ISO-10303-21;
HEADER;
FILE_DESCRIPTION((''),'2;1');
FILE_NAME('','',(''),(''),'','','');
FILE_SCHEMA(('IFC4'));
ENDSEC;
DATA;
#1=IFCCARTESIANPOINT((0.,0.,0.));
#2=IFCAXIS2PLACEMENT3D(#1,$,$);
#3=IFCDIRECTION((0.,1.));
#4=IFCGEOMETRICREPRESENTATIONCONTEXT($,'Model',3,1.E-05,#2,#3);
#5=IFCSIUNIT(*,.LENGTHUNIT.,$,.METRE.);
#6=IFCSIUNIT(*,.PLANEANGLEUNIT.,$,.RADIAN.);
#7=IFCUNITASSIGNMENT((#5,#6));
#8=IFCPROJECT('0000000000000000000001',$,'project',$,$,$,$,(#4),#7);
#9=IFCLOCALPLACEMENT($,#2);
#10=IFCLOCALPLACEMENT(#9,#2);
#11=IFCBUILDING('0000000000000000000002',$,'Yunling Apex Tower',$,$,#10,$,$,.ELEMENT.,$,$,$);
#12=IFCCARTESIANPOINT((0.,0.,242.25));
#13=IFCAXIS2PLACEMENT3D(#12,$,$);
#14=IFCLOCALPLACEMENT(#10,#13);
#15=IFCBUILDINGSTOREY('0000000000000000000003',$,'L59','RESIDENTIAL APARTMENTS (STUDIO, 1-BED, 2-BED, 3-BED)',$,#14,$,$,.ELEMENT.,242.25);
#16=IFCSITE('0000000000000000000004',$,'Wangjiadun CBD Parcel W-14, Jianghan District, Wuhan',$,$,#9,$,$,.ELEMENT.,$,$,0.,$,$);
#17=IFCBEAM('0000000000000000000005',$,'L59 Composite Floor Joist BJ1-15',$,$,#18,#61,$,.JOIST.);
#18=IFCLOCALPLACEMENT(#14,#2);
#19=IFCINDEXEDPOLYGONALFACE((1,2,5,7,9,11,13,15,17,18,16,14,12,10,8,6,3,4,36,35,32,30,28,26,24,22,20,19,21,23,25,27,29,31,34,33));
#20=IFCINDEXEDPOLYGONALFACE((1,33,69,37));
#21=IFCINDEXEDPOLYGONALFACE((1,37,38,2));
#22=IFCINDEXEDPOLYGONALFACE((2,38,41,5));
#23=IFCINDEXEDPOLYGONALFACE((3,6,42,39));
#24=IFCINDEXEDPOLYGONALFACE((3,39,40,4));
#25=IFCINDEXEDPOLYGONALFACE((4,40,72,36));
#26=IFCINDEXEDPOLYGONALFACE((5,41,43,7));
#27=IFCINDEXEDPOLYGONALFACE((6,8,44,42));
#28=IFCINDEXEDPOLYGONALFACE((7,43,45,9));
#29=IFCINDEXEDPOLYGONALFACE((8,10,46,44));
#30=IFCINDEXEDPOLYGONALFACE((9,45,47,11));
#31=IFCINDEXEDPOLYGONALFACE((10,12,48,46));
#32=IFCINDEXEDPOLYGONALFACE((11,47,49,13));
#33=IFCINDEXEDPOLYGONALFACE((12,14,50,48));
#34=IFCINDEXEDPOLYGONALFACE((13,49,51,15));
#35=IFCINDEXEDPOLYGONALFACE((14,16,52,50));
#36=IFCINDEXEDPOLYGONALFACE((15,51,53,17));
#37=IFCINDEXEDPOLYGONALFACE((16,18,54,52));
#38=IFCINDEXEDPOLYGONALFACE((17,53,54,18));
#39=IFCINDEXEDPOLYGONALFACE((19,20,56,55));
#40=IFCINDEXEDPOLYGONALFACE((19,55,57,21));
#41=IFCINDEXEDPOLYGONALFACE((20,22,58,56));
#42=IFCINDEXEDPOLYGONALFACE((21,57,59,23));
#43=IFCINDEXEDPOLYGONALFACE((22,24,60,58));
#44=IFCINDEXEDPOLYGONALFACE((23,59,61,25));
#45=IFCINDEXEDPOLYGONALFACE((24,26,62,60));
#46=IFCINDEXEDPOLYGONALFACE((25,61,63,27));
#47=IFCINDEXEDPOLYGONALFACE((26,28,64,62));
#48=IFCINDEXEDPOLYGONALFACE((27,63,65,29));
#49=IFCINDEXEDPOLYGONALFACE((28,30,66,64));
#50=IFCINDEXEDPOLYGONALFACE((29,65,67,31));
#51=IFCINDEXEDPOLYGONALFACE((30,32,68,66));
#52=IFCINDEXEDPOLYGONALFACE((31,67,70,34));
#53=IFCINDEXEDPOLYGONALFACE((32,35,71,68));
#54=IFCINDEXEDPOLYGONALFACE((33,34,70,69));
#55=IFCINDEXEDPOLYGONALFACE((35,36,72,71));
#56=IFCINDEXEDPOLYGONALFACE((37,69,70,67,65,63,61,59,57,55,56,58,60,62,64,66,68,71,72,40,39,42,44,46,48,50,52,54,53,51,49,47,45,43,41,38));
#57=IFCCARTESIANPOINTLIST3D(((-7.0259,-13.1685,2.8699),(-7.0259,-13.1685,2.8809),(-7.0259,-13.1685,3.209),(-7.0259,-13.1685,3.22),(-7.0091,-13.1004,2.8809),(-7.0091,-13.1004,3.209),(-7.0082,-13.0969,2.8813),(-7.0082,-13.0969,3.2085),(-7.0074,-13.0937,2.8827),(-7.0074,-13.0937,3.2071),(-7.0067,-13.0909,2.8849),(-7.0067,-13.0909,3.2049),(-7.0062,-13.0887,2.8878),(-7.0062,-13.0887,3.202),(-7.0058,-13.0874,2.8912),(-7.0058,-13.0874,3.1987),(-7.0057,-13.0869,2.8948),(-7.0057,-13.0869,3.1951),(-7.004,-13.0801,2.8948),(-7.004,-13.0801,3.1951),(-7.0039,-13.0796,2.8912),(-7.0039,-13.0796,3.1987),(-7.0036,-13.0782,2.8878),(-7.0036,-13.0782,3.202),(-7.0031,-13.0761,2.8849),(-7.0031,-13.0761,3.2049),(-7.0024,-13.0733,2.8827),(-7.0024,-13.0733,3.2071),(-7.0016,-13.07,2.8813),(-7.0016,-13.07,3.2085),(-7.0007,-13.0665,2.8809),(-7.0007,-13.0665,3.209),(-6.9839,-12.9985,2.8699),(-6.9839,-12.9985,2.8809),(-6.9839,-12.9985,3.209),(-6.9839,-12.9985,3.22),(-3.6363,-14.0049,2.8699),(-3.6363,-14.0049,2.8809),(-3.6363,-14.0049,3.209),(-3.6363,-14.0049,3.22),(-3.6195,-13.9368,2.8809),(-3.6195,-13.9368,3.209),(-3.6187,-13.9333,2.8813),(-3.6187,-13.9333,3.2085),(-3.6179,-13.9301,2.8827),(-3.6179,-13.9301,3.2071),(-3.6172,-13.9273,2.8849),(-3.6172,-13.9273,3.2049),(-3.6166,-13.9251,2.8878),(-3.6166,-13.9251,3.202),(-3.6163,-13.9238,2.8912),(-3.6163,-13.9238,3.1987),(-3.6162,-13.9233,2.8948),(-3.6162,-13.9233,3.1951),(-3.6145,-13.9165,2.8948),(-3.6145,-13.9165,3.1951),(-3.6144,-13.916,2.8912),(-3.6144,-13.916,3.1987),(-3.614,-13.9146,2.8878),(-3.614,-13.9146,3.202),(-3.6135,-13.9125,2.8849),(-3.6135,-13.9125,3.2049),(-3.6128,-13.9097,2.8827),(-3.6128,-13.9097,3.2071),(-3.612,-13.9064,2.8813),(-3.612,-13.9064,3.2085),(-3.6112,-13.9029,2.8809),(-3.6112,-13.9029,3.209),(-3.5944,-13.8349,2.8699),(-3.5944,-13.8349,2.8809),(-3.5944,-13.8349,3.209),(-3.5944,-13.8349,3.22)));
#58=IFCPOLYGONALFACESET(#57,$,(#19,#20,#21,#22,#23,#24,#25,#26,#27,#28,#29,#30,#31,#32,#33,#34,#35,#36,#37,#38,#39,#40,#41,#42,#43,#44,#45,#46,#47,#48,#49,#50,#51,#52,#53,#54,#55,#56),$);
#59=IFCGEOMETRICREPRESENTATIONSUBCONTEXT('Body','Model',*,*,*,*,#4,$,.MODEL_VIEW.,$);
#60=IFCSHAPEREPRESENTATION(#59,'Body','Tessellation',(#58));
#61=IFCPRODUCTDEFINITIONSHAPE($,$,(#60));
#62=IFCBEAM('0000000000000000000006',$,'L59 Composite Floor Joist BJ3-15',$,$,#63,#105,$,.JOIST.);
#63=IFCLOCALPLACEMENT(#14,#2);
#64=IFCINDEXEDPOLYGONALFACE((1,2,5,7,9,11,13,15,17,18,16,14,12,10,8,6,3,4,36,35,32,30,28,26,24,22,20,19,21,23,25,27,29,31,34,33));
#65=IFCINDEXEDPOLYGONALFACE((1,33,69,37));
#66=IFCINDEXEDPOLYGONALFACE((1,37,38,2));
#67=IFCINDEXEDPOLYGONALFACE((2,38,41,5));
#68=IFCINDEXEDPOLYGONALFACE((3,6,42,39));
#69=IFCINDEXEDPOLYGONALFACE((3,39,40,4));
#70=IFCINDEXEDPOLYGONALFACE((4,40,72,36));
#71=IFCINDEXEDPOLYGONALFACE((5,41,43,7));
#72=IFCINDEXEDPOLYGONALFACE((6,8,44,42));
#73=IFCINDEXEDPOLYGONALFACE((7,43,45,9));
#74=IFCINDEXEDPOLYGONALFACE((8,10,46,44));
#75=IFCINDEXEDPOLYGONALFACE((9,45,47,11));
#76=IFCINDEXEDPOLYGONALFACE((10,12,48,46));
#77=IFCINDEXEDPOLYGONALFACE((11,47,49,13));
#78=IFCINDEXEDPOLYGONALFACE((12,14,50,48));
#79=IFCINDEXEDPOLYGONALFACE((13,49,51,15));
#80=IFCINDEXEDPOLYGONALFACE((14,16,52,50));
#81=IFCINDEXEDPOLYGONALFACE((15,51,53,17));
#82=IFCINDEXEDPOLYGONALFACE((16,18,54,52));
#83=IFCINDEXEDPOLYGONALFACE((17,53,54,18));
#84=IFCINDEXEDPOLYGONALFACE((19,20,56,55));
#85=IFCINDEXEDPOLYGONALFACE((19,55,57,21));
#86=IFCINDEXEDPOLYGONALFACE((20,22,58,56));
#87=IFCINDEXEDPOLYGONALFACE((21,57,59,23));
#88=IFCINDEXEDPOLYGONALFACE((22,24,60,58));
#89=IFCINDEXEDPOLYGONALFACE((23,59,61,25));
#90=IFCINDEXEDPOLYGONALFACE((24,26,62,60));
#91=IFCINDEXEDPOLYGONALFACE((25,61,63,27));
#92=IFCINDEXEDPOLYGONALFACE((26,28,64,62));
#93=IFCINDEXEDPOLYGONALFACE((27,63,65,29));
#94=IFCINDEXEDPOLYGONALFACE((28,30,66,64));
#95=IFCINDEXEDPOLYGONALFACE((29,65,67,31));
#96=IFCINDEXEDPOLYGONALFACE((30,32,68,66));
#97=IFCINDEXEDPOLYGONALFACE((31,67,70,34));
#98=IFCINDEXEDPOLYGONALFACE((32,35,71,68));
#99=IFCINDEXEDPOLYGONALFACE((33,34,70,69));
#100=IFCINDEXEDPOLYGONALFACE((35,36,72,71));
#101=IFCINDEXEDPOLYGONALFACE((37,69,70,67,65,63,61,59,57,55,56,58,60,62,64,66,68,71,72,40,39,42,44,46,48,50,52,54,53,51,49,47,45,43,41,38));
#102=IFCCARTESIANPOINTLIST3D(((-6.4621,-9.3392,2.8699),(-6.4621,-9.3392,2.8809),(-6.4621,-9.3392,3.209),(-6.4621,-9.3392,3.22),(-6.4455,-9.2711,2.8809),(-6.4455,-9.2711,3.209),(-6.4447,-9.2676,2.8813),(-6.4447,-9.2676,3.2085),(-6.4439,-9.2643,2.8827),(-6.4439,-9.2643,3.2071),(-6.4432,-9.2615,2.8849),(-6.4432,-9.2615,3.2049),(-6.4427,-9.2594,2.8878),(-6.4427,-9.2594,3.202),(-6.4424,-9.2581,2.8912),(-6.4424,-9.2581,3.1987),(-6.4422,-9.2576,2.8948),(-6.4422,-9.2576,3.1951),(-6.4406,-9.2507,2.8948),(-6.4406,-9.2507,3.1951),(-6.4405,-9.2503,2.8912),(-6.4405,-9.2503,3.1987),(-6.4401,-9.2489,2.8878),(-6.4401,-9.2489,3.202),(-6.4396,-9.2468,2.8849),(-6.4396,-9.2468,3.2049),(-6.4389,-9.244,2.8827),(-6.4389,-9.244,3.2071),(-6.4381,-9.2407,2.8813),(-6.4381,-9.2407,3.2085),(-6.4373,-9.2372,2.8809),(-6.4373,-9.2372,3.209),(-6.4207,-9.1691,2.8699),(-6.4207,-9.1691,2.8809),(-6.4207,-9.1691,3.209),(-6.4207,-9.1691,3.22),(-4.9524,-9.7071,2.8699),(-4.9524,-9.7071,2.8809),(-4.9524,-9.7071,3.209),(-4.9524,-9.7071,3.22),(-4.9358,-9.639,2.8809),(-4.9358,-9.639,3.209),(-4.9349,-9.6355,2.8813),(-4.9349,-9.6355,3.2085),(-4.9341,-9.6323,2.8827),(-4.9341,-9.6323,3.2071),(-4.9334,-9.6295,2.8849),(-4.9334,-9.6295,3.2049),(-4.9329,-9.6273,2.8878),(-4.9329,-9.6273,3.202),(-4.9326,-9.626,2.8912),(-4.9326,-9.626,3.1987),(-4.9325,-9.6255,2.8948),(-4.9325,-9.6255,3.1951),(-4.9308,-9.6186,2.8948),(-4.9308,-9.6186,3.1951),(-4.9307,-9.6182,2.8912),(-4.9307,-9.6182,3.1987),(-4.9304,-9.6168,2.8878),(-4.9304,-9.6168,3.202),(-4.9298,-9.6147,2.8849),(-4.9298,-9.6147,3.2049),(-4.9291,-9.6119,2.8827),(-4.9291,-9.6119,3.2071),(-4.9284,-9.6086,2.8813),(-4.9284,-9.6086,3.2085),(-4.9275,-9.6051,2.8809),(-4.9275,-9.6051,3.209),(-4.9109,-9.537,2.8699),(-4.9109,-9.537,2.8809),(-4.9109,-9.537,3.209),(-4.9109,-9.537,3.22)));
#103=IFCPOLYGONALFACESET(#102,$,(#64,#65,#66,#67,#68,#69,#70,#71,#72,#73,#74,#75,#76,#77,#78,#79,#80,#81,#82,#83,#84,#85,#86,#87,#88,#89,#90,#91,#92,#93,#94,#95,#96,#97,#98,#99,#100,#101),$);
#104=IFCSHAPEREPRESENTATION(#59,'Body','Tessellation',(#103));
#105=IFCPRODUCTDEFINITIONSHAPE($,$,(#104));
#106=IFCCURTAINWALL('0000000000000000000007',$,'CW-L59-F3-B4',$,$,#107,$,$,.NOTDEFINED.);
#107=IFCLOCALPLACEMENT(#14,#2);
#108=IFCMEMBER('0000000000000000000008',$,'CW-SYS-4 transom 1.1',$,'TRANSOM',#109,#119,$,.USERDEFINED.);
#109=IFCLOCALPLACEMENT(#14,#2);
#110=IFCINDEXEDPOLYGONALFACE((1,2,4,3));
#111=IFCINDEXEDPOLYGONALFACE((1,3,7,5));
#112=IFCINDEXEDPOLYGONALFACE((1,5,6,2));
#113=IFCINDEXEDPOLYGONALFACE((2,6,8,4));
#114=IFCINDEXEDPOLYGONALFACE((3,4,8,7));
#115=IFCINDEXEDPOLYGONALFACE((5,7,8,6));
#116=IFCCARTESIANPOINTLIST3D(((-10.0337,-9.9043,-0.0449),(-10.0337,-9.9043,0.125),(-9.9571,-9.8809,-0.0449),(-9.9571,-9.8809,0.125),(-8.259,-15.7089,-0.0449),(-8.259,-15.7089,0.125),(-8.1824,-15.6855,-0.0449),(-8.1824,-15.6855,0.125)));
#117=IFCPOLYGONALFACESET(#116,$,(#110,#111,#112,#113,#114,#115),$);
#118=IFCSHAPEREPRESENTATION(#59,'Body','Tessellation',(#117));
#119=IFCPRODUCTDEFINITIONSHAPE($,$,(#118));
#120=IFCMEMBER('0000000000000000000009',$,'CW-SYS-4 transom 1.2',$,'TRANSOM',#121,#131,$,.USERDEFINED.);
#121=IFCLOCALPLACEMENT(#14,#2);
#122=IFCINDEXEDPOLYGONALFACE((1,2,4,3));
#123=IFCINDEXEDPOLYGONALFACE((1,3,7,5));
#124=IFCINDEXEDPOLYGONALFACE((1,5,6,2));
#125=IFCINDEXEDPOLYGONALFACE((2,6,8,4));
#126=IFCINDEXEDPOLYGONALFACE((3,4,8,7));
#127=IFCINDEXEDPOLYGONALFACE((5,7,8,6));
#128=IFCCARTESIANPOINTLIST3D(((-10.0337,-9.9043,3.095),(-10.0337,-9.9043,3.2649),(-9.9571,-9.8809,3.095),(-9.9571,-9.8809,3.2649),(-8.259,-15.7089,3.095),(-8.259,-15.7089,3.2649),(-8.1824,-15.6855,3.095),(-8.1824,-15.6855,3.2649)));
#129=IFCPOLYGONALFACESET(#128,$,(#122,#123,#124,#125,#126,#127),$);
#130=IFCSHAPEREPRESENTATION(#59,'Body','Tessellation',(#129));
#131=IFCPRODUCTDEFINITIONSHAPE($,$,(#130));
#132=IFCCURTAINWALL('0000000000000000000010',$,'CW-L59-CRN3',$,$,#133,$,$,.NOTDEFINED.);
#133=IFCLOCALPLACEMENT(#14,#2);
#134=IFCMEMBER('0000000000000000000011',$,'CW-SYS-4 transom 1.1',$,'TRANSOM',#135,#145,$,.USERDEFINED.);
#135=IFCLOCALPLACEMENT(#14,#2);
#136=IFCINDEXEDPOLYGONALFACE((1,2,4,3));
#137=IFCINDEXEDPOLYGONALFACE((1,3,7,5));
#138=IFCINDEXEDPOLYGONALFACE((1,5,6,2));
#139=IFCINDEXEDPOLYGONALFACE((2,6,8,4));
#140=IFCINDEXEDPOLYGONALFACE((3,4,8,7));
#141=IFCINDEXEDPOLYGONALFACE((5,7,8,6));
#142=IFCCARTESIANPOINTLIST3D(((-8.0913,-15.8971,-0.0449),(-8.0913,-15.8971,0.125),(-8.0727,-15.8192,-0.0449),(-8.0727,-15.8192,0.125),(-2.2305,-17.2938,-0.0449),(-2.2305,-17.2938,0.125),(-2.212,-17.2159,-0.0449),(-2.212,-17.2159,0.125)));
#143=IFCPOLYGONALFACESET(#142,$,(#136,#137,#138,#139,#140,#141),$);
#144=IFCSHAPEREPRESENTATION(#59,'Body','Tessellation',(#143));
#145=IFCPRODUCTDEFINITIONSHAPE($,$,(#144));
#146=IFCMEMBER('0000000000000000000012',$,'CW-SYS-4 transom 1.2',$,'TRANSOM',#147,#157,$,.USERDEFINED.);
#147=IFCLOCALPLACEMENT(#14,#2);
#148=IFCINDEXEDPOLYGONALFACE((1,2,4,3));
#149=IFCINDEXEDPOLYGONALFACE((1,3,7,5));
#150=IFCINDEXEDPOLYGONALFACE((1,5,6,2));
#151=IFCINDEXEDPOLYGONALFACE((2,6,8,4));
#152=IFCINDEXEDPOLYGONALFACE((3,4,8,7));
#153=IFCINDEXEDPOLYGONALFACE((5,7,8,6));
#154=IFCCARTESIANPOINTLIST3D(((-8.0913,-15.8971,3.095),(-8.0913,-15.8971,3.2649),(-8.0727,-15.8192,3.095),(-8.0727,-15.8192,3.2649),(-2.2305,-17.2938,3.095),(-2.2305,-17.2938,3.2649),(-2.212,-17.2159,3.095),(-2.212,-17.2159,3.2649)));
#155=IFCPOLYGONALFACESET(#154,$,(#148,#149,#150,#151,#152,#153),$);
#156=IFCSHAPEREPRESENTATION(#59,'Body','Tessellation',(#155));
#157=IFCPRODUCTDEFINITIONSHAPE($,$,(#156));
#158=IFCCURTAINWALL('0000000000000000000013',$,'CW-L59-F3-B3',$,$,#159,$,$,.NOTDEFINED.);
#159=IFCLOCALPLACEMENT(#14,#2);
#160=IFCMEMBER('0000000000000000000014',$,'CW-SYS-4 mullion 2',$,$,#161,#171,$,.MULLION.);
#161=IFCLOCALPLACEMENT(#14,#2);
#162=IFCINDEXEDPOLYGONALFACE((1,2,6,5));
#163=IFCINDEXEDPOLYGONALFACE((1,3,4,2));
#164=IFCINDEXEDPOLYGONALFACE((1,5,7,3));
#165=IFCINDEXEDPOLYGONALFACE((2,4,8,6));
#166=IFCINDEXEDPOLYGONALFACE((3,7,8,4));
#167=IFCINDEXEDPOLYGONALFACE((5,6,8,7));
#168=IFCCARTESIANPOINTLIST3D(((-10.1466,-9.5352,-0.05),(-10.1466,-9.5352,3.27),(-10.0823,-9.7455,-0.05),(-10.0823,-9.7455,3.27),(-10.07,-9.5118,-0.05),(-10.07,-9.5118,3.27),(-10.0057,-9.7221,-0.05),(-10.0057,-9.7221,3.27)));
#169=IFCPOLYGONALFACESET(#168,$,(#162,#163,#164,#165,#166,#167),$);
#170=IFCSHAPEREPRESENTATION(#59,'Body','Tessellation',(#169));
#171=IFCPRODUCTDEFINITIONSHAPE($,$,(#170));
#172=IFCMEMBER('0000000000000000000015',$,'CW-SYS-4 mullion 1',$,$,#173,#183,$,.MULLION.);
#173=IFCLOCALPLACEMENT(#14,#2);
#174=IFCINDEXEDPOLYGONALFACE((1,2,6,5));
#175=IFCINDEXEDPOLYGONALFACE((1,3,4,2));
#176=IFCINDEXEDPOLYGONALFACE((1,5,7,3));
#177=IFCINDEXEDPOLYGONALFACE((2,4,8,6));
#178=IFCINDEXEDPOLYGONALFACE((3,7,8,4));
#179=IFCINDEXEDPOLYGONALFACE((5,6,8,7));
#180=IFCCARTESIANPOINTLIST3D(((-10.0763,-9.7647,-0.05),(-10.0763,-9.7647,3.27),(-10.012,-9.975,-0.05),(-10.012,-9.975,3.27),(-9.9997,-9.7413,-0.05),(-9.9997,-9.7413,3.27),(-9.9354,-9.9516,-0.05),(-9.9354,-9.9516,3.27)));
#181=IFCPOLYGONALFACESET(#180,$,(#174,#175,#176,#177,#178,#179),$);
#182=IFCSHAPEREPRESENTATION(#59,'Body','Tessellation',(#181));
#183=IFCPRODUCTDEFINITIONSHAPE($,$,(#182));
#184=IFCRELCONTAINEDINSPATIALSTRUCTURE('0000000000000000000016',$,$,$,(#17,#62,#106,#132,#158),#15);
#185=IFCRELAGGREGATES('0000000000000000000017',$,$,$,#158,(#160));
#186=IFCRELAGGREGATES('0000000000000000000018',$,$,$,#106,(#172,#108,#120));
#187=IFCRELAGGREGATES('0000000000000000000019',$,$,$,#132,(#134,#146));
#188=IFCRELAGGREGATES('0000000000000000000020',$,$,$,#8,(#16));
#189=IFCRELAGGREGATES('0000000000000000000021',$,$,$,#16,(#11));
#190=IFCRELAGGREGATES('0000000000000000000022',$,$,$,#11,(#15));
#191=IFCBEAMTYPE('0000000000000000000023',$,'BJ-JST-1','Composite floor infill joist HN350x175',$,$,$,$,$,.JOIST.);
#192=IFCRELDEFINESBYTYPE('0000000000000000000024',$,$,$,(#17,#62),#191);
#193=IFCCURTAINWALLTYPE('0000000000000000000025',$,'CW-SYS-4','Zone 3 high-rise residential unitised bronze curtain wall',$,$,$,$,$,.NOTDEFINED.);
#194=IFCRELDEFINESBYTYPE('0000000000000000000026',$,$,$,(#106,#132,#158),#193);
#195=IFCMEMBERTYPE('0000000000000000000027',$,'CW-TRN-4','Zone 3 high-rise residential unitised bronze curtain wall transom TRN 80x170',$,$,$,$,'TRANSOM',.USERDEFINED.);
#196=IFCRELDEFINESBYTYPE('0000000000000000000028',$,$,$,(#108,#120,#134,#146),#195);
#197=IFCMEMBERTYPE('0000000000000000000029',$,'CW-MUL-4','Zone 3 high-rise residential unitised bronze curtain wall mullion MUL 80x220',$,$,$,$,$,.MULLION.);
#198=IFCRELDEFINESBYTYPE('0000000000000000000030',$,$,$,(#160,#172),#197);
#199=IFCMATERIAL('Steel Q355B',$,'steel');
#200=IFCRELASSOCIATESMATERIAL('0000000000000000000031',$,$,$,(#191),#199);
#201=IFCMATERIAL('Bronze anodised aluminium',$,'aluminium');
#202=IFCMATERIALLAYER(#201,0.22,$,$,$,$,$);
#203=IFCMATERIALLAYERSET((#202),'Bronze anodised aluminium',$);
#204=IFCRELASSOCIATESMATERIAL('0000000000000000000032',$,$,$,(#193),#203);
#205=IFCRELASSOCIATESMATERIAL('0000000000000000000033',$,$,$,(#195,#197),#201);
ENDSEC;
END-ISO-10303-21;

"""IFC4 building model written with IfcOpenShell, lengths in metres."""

from ifc_helpers import new_model, si_unit, direction, frame, origin, origin_2d, place, context, subcontext, project, spatial, rectangle, i_section, extrude, source, transform, mapped, material, layer, layer_set, material_profile, profile_set, type_object, element, aggregate, save


model = new_model("IFC4")

# Units and contexts
model_context = context("Model", 3, precision=1e-05, world=origin(), true_north=direction((0.0, 1.0)))
body_context = subcontext(model_context, "Body", "Model", "MODEL_VIEW")
ifc_project = project(units=[si_unit("LENGTHUNIT", "METRE"), si_unit("PLANEANGLEUNIT", "RADIAN")], contexts=[model_context])

# Site, building, storey
site_placement = place(None, origin())
site = spatial("IfcSite", under=ifc_project, at=site_placement, Name="Wangjiadun CBD Parcel W-14, Jianghan District, Wuhan", CompositionType="ELEMENT", RefElevation=0.0)
building_placement = place(site_placement, origin())
building = spatial("IfcBuilding", under=site, at=building_placement, Name="Yunling Apex Tower", CompositionType="ELEMENT")
storey_placement = place(building_placement, frame((0.0, 0.0, 242.25)))
storey = spatial("IfcBuildingStorey", under=building, at=storey_placement, Name="L59", Description="RESIDENTIAL APARTMENTS (STUDIO, 1-BED, 2-BED, 3-BED)", CompositionType="ELEMENT", Elevation=242.25)

# Beams
ifc_material_1 = material(Name="Steel Q355B", Category="steel")
ifc_material_profile_1 = material_profile(ifc_material_1, i_section(OverallWidth=0.175, OverallDepth=0.3501, WebThickness=0.0071, FlangeThickness=0.011, FilletRadius=0.0139, at=origin_2d()))
ifc_profile_set_1 = profile_set([ifc_material_profile_1], Name="Steel Q355B")
beam_type_1 = type_object("IfcBeamType", Name="BJ-JST-1", Description="Composite floor infill joist HN350x175", PredefinedType="JOIST", material=ifc_profile_set_1)
shared_shape_1 = source(origin(), body_context, "Body", "SweptSolid", [
    extrude(i_section(OverallWidth=0.175, OverallDepth=0.3501, WebThickness=0.0071, FlangeThickness=0.011, FilletRadius=0.0139, at=origin_2d()), origin(), (0.0, 0.0, 1.0), 3.4912),
])
beam_1_placement = place(storey_placement, frame((-7.0049, -13.0835, 3.0449), z_axis=(0.970878, -0.239573, 0.0), x_axis=(0.239573, 0.970878, 0.0)))
element("IfcBeam", 1, at=beam_1_placement, inside=storey, type_object=beam_type_1, Name="L59 Composite Floor Joist BJ1-15", PredefinedType="JOIST", context=body_context, shape_type="MappedRepresentation", body=[
    mapped(shared_shape_1, transform((0.0, 0.0, 0.0), scale=1.0)),
])
shared_shape_2 = source(origin(), body_context, "Body", "SweptSolid", [
    extrude(i_section(OverallWidth=0.175, OverallDepth=0.3501, WebThickness=0.0071, FlangeThickness=0.011, FilletRadius=0.0139, at=origin_2d()), origin(), (0.0, 0.0, 1.0), 1.554),
])
beam_2_placement = place(storey_placement, frame((-6.4414, -9.2542, 3.0449), z_axis=(0.971567, -0.236764, 0.0), x_axis=(0.236764, 0.971567, 0.0)))
element("IfcBeam", 2, at=beam_2_placement, inside=storey, type_object=beam_type_1, Name="L59 Composite Floor Joist BJ3-15", PredefinedType="JOIST", context=body_context, shape_type="MappedRepresentation", body=[
    mapped(shared_shape_2, transform((0.0, 0.0, 0.0), scale=1.0)),
])

# Curtain walls, members
ifc_material_2 = material(Name="Bronze anodised aluminium", Category="aluminium")
ifc_layer_1 = layer(ifc_material_2, 0.22)
ifc_layer_set_1 = layer_set([ifc_layer_1], Name="Bronze anodised aluminium")
curtain_wall_type = type_object("IfcCurtainWallType", Name="CW-SYS-4", Description="Zone 3 high-rise residential unitised bronze curtain wall", PredefinedType="NOTDEFINED", material=ifc_layer_set_1)
curtain_wall_1_placement = place(storey_placement, origin())
curtain_wall_1 = element("IfcCurtainWall", 3, at=curtain_wall_1_placement, inside=storey, type_object=curtain_wall_type, Name="CW-L59-F3-B4", PredefinedType="NOTDEFINED")
ifc_material_profile_2 = material_profile(ifc_material_2, rectangle(XDim=0.0801, YDim=0.1699, at=origin_2d()))
ifc_profile_set_2 = profile_set([ifc_material_profile_2], Name="Bronze anodised aluminium")
member_type_1 = type_object("IfcMemberType", Name="CW-TRN-4", Description="Zone 3 high-rise residential unitised bronze curtain wall transom TRN 80x170", ElementType="TRANSOM", PredefinedType="USERDEFINED", material=ifc_profile_set_2)
shared_shape_3 = source(origin(), body_context, "Body", "SweptSolid", [
    extrude(rectangle(XDim=0.0801, YDim=0.1699, at=origin_2d()), origin(), (0.0, 0.0, 1.0), 6.0698),
])
member_1_placement = place(storey_placement, frame((-9.9954, -9.8926, 0.04), z_axis=(0.29237, -0.956305, 0.0), x_axis=(0.956305, 0.29237, 0.0)))
member_1 = element("IfcMember", 4, at=member_1_placement, type_object=member_type_1, Name="CW-SYS-4 transom 1.1", ObjectType="TRANSOM", PredefinedType="USERDEFINED", context=body_context, shape_type="MappedRepresentation", body=[
    mapped(shared_shape_3, transform((0.0, 0.0, 0.0), scale=1.0)),
])
member_2_placement = place(storey_placement, frame((-9.9954, -9.8926, 3.1799), z_axis=(0.29237, -0.956305, 0.0), x_axis=(0.956305, 0.29237, 0.0)))
member_2 = element("IfcMember", 5, at=member_2_placement, type_object=member_type_1, Name="CW-SYS-4 transom 1.2", ObjectType="TRANSOM", PredefinedType="USERDEFINED", context=body_context, shape_type="MappedRepresentation", body=[
    mapped(shared_shape_3, transform((0.0, 0.0, 0.0), scale=1.0)),
])
curtain_wall_2_placement = place(storey_placement, origin())
curtain_wall_2 = element("IfcCurtainWall", 6, at=curtain_wall_2_placement, inside=storey, type_object=curtain_wall_type, Name="CW-L59-CRN3", PredefinedType="NOTDEFINED")
shared_shape_4 = source(origin(), body_context, "Body", "SweptSolid", [
    extrude(rectangle(XDim=0.0801, YDim=0.1699, at=origin_2d()), origin(), (0.0, 0.0, 1.0), 6.0249),
])
member_3_placement = place(storey_placement, frame((-8.082, -15.8582, 0.04), z_axis=(0.972758, -0.231823, 0.0), x_axis=(0.231823, 0.972758, 0.0)))
member_3 = element("IfcMember", 7, at=member_3_placement, type_object=member_type_1, Name="CW-SYS-4 transom 1.1", ObjectType="TRANSOM", PredefinedType="USERDEFINED", context=body_context, shape_type="MappedRepresentation", body=[
    mapped(shared_shape_4, transform((0.0, 0.0, 0.0), scale=1.0)),
])
member_4_placement = place(storey_placement, frame((-8.082, -15.8582, 3.1799), z_axis=(0.972758, -0.231823, 0.0), x_axis=(0.231823, 0.972758, 0.0)))
member_4 = element("IfcMember", 8, at=member_4_placement, type_object=member_type_1, Name="CW-SYS-4 transom 1.2", ObjectType="TRANSOM", PredefinedType="USERDEFINED", context=body_context, shape_type="MappedRepresentation", body=[
    mapped(shared_shape_4, transform((0.0, 0.0, 0.0), scale=1.0)),
])

# Curtain wall, member
curtain_wall_3_placement = place(storey_placement, origin())
curtain_wall_3 = element("IfcCurtainWall", 9, at=curtain_wall_3_placement, inside=storey, type_object=curtain_wall_type, Name="CW-L59-F3-B3", PredefinedType="NOTDEFINED")
ifc_material_profile_3 = material_profile(ifc_material_2, rectangle(XDim=0.0801, YDim=0.22, at=origin_2d()))
ifc_profile_set_3 = profile_set([ifc_material_profile_3], Name="Bronze anodised aluminium")
member_type_2 = type_object("IfcMemberType", Name="CW-MUL-4", Description="Zone 3 high-rise residential unitised bronze curtain wall mullion MUL 80x220", PredefinedType="MULLION", material=ifc_profile_set_3)
shared_shape_5 = source(origin(), body_context, "Body", "SweptSolid", [
    extrude(rectangle(XDim=0.0801, YDim=0.22, at=origin_2d()), origin(), (0.0, 0.0, 1.0), 3.3201),
])
member_5_placement = place(storey_placement, frame((-10.0762, -9.6287, -0.05), z_axis=(0.0, 0.0, 1.0), x_axis=(0.956305, 0.292372, 0.0)))
member_5 = element("IfcMember", 10, at=member_5_placement, type_object=member_type_2, Name="CW-SYS-4 mullion 2", PredefinedType="MULLION", context=body_context, shape_type="MappedRepresentation", body=[
    mapped(shared_shape_5, transform((0.0, 0.0, 0.0), scale=1.0)),
])

# Member
member_6_placement = place(storey_placement, frame((-10.0059, -9.8582, -0.05), z_axis=(0.0, 0.0, 1.0), x_axis=(0.956305, 0.292372, 0.0)))
member_6 = element("IfcMember", 11, at=member_6_placement, type_object=member_type_2, Name="CW-SYS-4 mullion 1", PredefinedType="MULLION", context=body_context, shape_type="MappedRepresentation", body=[
    mapped(shared_shape_5, transform((0.0, 0.0, 0.0), scale=1.0)),
])

aggregate(curtain_wall_3, [member_5])
aggregate(curtain_wall_1, [member_6, member_1, member_2])
aggregate(curtain_wall_2, [member_3, member_4])

save(model, "model.ifc")
